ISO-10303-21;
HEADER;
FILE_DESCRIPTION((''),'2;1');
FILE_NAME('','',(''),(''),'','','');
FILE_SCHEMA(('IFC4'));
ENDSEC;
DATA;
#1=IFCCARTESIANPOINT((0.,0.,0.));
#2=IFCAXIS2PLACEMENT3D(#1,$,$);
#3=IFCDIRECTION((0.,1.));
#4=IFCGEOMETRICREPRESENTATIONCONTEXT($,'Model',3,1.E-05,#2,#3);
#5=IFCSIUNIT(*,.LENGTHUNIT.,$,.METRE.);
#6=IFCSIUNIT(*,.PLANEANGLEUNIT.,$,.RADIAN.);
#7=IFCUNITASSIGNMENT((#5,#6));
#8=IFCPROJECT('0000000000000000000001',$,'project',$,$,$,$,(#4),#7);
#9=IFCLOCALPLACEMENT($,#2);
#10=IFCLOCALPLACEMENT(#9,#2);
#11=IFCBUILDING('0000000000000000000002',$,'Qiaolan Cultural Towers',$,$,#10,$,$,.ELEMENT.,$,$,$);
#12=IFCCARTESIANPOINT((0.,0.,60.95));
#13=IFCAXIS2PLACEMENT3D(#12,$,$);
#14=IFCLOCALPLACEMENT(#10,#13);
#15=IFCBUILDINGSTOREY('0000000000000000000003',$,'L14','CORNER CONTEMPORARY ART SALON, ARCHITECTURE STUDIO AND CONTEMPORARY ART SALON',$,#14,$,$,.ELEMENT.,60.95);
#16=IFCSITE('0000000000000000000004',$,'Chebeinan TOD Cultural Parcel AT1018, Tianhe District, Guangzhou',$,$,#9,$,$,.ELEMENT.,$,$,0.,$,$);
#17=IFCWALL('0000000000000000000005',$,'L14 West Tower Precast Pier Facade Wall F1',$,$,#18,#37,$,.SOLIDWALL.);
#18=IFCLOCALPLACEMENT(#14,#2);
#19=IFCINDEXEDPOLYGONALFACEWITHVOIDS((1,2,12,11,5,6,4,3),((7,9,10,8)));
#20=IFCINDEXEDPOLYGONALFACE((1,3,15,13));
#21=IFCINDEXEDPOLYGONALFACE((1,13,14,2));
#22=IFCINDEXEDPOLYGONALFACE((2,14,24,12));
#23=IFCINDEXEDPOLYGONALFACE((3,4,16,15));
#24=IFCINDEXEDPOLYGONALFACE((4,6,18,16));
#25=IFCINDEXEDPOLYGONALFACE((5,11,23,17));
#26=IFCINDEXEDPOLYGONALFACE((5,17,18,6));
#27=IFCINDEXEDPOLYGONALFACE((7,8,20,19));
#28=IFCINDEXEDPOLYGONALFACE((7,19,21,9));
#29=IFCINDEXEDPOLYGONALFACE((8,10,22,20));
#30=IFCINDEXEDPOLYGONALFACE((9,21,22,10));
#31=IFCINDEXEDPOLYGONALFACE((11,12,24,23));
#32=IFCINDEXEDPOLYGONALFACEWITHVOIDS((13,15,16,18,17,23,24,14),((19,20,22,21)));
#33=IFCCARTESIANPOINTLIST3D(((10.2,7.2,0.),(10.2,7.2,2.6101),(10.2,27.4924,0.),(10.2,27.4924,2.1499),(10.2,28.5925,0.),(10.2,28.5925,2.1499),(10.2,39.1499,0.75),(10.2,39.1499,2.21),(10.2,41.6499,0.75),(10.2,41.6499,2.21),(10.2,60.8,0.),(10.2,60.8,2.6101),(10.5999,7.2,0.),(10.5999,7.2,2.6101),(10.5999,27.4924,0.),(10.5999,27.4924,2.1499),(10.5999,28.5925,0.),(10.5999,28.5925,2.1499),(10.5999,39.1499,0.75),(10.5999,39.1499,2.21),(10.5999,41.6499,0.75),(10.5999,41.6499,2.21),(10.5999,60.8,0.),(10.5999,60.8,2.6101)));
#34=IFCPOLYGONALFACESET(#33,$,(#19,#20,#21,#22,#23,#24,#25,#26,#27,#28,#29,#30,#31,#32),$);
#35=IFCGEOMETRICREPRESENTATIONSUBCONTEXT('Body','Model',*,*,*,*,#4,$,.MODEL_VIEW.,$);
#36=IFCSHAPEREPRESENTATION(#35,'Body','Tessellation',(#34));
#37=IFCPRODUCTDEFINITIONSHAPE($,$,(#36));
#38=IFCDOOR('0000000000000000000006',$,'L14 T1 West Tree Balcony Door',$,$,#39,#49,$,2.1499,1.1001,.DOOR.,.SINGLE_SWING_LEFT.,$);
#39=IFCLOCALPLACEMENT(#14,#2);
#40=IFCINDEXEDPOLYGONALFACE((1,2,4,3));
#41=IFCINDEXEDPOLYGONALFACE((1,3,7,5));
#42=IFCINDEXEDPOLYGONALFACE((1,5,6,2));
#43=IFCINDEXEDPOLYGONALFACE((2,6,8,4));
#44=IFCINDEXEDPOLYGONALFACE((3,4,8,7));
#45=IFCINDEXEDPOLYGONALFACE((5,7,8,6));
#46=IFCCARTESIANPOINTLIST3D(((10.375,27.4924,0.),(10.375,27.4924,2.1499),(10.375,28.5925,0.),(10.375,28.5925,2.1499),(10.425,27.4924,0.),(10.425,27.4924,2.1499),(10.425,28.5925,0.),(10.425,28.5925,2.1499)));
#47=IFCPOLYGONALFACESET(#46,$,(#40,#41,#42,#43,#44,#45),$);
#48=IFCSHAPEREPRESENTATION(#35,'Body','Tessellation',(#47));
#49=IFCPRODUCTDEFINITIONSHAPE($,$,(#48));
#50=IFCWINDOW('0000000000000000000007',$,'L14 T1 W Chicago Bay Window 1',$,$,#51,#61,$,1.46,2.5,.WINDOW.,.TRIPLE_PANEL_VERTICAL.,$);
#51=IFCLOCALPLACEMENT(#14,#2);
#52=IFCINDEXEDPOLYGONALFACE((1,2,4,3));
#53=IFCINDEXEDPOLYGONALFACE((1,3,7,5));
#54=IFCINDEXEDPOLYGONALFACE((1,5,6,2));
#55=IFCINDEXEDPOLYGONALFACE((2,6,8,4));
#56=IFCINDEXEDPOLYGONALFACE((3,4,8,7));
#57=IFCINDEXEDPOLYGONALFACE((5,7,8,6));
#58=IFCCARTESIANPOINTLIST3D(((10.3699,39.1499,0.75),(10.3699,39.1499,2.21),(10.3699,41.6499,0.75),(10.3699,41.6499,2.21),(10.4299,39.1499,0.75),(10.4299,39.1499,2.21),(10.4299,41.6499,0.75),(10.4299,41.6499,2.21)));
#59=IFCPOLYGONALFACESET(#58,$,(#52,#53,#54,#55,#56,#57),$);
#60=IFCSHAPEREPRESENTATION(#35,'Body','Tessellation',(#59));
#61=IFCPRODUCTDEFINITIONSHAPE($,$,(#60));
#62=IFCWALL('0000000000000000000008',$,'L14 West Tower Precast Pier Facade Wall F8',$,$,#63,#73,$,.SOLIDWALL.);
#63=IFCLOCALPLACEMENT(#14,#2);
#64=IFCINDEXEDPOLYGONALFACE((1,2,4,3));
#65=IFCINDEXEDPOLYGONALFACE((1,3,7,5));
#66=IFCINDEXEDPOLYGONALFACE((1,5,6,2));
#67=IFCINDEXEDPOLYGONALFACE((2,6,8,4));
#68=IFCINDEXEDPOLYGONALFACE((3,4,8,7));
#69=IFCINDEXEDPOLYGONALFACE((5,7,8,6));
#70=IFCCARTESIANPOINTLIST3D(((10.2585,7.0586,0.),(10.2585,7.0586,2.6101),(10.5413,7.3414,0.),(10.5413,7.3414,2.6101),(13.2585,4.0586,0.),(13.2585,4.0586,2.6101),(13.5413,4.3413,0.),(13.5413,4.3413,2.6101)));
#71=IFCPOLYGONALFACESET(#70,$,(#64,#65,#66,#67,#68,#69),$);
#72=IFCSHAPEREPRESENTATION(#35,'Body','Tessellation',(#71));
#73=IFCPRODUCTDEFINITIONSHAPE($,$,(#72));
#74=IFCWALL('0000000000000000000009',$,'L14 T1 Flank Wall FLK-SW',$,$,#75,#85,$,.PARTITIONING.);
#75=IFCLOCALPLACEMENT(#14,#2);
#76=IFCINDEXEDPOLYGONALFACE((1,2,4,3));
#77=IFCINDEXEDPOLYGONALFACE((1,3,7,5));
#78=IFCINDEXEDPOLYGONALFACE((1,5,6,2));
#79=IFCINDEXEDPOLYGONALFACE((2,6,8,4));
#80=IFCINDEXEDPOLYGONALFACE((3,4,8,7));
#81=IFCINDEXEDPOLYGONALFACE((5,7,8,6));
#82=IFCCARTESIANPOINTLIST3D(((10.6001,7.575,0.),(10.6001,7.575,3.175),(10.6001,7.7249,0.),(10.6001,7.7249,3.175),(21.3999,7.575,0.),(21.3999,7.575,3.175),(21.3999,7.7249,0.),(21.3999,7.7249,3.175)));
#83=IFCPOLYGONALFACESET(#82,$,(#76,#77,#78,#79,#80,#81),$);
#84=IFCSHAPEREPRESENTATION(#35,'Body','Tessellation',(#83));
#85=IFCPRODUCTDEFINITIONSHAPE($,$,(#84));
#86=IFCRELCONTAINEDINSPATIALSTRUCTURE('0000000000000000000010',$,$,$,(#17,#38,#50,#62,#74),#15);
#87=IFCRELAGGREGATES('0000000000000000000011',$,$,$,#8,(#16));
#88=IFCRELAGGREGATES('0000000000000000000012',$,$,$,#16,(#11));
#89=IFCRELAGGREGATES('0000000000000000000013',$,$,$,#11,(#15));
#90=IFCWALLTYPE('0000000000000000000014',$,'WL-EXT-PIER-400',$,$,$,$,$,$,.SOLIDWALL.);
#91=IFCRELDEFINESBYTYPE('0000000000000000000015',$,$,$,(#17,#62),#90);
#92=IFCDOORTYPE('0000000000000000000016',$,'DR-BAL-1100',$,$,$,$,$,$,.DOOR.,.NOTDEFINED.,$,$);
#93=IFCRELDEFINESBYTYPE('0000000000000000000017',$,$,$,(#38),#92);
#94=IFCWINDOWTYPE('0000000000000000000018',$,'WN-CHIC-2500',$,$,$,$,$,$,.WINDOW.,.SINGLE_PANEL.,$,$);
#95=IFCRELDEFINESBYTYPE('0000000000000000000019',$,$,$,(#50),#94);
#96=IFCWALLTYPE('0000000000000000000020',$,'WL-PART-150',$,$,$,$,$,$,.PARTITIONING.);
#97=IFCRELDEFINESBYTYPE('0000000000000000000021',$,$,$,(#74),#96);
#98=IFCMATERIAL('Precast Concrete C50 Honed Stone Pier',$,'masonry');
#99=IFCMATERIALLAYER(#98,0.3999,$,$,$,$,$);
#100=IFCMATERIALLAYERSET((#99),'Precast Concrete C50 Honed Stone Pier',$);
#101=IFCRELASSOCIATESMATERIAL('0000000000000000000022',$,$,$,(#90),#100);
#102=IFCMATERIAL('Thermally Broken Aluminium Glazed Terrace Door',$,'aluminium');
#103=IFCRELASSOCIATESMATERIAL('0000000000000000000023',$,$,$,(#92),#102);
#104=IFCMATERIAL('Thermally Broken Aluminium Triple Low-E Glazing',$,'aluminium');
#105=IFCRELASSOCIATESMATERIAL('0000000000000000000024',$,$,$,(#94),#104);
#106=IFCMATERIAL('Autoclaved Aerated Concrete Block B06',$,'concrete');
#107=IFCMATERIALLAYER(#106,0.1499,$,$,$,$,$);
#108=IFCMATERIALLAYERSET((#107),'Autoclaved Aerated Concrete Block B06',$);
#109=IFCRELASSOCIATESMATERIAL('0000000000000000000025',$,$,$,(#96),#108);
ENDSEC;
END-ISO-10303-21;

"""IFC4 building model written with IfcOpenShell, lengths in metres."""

from ifc_helpers import new_model, si_unit, direction, frame, frame_2d, origin, place, context, subcontext, project, spatial, rectangle, extrude, material, layer, layer_set, type_object, element, fill, save


model = new_model("IFC4")

# Units and contexts
model_context = context("Model", 3, precision=1e-05, world=origin(), true_north=direction((0.0, 1.0)))
body_context = subcontext(model_context, "Body", "Model", "MODEL_VIEW")
ifc_project = project(units=[si_unit("LENGTHUNIT", "METRE"), si_unit("PLANEANGLEUNIT", "RADIAN")], contexts=[model_context])

# Site, building, storey
site_placement = place(None, origin())
site = spatial("IfcSite", under=ifc_project, at=site_placement, Name="Chebeinan TOD Cultural Parcel AT1018, Tianhe District, Guangzhou", CompositionType="ELEMENT", RefElevation=0.0)
building_placement = place(site_placement, origin())
building = spatial("IfcBuilding", under=site, at=building_placement, Name="Qiaolan Cultural Towers", CompositionType="ELEMENT")
storey_placement = place(building_placement, frame((0.0, 0.0, 60.95)))
storey = spatial("IfcBuildingStorey", under=building, at=storey_placement, Name="L14", Description="CORNER CONTEMPORARY ART SALON, ARCHITECTURE STUDIO AND CONTEMPORARY ART SALON", CompositionType="ELEMENT", Elevation=60.95)

# Wall, openings, door, window
ifc_material_1 = material(Name="Precast Concrete C50 Honed Stone Pier", Category="masonry")
ifc_layer_1 = layer(ifc_material_1, 0.3999)
ifc_layer_set_1 = layer_set([ifc_layer_1], Name="Precast Concrete C50 Honed Stone Pier")
wall_type_1 = type_object("IfcWallType", Name="WL-EXT-PIER-400", PredefinedType="SOLIDWALL", material=ifc_layer_set_1)
wall_1_placement = place(storey_placement, frame((10.3999, 7.2, 0.0), z_axis=(0.0, 0.0, 1.0), x_axis=(0.0, 1.0, 0.0)))
wall_1 = element("IfcWall", 1, at=wall_1_placement, inside=storey, type_object=wall_type_1, Name="L14 West Tower Precast Pier Facade Wall F1", PredefinedType="SOLIDWALL", context=body_context, shape_type="SweptSolid", body=[
    extrude(rectangle(XDim=53.6001, YDim=0.3999, at=frame_2d((26.8, 0.0))), origin(), (0.0, 0.0, 1.0), 2.6101),
])
opening_1_placement = place(wall_1_placement, frame((31.95, 0.0, 0.75)))
opening_1 = element("IfcOpeningElement", 2, at=opening_1_placement, cuts=wall_1, PredefinedType="OPENING", context=body_context, shape_type="SweptSolid", body=[
    extrude(rectangle(XDim=2.5, YDim=1.46, at=frame_2d((1.25, 0.73))), frame((0.0, 0.21, 0.0), z_axis=(0.0, -1.0, 0.0), x_axis=(1.0, 0.0, 0.0)), (0.0, 0.0, 1.0), 0.4199),
])
opening_2_placement = place(wall_1_placement, frame((20.2925, 0.0, 0.0)))
opening_2 = element("IfcOpeningElement", 3, at=opening_2_placement, cuts=wall_1, PredefinedType="OPENING", context=body_context, shape_type="SweptSolid", body=[
    extrude(rectangle(XDim=1.1001, YDim=2.1499, at=frame_2d((0.55, 1.075))), frame((0.0, 0.21, 0.0), z_axis=(0.0, -1.0, 0.0), x_axis=(1.0, 0.0, 0.0)), (0.0, 0.0, 1.0), 0.4199),
])
ifc_material_2 = material(Name="Thermally Broken Aluminium Glazed Terrace Door", Category="aluminium")
door_type = type_object("IfcDoorType", Name="DR-BAL-1100", OperationType="NOTDEFINED", PredefinedType="DOOR", material=ifc_material_2)
door_placement = place(opening_2_placement, origin())
door = element("IfcDoor", 4, at=door_placement, inside=storey, type_object=door_type, Name="L14 T1 West Tree Balcony Door", OperationType="SINGLE_SWING_LEFT", OverallHeight=2.1499, OverallWidth=1.1001, PredefinedType="DOOR", context=body_context, shape_type="SweptSolid", body=[
    extrude(rectangle(XDim=1.1001, YDim=2.1499, at=frame_2d((0.55, 1.075))), frame((0.0, 0.0249, 0.0), z_axis=(0.0, -1.0, 0.0), x_axis=(1.0, 0.0, 0.0)), (0.0, 0.0, 1.0), 0.05),
])
fill(opening_2, door)
ifc_material_3 = material(Name="Thermally Broken Aluminium Triple Low-E Glazing", Category="aluminium")
window_type = type_object("IfcWindowType", Name="WN-CHIC-2500", PartitioningType="SINGLE_PANEL", PredefinedType="WINDOW", material=ifc_material_3)
window_placement = place(opening_1_placement, origin())
window = element("IfcWindow", 5, at=window_placement, inside=storey, type_object=window_type, Name="L14 T1 W Chicago Bay Window 1", OverallHeight=1.46, OverallWidth=2.5, PartitioningType="TRIPLE_PANEL_VERTICAL", PredefinedType="WINDOW", context=body_context, shape_type="SweptSolid", body=[
    extrude(rectangle(XDim=2.5, YDim=1.46, at=frame_2d((1.25, 0.73))), frame((0.0, 0.03, 0.0), z_axis=(0.0, -1.0, 0.0), x_axis=(1.0, 0.0, 0.0)), (0.0, 0.0, 1.0), 0.0601),
])
fill(opening_1, window)

# Walls
wall_2_placement = place(storey_placement, frame((13.3999, 4.2, 0.0), z_axis=(0.0, 0.0, 1.0), x_axis=(-0.707107, 0.707107, 0.0)))
element("IfcWall", 6, at=wall_2_placement, inside=storey, type_object=wall_type_1, Name="L14 West Tower Precast Pier Facade Wall F8", PredefinedType="SOLIDWALL", context=body_context, shape_type="SweptSolid", body=[
    extrude(rectangle(XDim=4.2427, YDim=0.3999, at=frame_2d((2.1213, 0.0))), origin(), (0.0, 0.0, 1.0), 2.6101),
])
ifc_material_4 = material(Name="Autoclaved Aerated Concrete Block B06", Category="concrete")
ifc_layer_2 = layer(ifc_material_4, 0.1499)
ifc_layer_set_2 = layer_set([ifc_layer_2], Name="Autoclaved Aerated Concrete Block B06")
wall_type_2 = type_object("IfcWallType", Name="WL-PART-150", PredefinedType="PARTITIONING", material=ifc_layer_set_2)
wall_3_placement = place(storey_placement, frame((10.6001, 7.6499, 0.0), z_axis=(0.0, 0.0, 1.0), x_axis=(1.0, 0.0, 0.0)))
element("IfcWall", 7, at=wall_3_placement, inside=storey, type_object=wall_type_2, Name="L14 T1 Flank Wall FLK-SW", PredefinedType="PARTITIONING", context=body_context, shape_type="SweptSolid", body=[
    extrude(rectangle(XDim=10.7998, YDim=0.1499, at=frame_2d((5.3999, 0.0))), origin(), (0.0, 0.0, 1.0), 3.175),
])

save(model, "model.ifc")
